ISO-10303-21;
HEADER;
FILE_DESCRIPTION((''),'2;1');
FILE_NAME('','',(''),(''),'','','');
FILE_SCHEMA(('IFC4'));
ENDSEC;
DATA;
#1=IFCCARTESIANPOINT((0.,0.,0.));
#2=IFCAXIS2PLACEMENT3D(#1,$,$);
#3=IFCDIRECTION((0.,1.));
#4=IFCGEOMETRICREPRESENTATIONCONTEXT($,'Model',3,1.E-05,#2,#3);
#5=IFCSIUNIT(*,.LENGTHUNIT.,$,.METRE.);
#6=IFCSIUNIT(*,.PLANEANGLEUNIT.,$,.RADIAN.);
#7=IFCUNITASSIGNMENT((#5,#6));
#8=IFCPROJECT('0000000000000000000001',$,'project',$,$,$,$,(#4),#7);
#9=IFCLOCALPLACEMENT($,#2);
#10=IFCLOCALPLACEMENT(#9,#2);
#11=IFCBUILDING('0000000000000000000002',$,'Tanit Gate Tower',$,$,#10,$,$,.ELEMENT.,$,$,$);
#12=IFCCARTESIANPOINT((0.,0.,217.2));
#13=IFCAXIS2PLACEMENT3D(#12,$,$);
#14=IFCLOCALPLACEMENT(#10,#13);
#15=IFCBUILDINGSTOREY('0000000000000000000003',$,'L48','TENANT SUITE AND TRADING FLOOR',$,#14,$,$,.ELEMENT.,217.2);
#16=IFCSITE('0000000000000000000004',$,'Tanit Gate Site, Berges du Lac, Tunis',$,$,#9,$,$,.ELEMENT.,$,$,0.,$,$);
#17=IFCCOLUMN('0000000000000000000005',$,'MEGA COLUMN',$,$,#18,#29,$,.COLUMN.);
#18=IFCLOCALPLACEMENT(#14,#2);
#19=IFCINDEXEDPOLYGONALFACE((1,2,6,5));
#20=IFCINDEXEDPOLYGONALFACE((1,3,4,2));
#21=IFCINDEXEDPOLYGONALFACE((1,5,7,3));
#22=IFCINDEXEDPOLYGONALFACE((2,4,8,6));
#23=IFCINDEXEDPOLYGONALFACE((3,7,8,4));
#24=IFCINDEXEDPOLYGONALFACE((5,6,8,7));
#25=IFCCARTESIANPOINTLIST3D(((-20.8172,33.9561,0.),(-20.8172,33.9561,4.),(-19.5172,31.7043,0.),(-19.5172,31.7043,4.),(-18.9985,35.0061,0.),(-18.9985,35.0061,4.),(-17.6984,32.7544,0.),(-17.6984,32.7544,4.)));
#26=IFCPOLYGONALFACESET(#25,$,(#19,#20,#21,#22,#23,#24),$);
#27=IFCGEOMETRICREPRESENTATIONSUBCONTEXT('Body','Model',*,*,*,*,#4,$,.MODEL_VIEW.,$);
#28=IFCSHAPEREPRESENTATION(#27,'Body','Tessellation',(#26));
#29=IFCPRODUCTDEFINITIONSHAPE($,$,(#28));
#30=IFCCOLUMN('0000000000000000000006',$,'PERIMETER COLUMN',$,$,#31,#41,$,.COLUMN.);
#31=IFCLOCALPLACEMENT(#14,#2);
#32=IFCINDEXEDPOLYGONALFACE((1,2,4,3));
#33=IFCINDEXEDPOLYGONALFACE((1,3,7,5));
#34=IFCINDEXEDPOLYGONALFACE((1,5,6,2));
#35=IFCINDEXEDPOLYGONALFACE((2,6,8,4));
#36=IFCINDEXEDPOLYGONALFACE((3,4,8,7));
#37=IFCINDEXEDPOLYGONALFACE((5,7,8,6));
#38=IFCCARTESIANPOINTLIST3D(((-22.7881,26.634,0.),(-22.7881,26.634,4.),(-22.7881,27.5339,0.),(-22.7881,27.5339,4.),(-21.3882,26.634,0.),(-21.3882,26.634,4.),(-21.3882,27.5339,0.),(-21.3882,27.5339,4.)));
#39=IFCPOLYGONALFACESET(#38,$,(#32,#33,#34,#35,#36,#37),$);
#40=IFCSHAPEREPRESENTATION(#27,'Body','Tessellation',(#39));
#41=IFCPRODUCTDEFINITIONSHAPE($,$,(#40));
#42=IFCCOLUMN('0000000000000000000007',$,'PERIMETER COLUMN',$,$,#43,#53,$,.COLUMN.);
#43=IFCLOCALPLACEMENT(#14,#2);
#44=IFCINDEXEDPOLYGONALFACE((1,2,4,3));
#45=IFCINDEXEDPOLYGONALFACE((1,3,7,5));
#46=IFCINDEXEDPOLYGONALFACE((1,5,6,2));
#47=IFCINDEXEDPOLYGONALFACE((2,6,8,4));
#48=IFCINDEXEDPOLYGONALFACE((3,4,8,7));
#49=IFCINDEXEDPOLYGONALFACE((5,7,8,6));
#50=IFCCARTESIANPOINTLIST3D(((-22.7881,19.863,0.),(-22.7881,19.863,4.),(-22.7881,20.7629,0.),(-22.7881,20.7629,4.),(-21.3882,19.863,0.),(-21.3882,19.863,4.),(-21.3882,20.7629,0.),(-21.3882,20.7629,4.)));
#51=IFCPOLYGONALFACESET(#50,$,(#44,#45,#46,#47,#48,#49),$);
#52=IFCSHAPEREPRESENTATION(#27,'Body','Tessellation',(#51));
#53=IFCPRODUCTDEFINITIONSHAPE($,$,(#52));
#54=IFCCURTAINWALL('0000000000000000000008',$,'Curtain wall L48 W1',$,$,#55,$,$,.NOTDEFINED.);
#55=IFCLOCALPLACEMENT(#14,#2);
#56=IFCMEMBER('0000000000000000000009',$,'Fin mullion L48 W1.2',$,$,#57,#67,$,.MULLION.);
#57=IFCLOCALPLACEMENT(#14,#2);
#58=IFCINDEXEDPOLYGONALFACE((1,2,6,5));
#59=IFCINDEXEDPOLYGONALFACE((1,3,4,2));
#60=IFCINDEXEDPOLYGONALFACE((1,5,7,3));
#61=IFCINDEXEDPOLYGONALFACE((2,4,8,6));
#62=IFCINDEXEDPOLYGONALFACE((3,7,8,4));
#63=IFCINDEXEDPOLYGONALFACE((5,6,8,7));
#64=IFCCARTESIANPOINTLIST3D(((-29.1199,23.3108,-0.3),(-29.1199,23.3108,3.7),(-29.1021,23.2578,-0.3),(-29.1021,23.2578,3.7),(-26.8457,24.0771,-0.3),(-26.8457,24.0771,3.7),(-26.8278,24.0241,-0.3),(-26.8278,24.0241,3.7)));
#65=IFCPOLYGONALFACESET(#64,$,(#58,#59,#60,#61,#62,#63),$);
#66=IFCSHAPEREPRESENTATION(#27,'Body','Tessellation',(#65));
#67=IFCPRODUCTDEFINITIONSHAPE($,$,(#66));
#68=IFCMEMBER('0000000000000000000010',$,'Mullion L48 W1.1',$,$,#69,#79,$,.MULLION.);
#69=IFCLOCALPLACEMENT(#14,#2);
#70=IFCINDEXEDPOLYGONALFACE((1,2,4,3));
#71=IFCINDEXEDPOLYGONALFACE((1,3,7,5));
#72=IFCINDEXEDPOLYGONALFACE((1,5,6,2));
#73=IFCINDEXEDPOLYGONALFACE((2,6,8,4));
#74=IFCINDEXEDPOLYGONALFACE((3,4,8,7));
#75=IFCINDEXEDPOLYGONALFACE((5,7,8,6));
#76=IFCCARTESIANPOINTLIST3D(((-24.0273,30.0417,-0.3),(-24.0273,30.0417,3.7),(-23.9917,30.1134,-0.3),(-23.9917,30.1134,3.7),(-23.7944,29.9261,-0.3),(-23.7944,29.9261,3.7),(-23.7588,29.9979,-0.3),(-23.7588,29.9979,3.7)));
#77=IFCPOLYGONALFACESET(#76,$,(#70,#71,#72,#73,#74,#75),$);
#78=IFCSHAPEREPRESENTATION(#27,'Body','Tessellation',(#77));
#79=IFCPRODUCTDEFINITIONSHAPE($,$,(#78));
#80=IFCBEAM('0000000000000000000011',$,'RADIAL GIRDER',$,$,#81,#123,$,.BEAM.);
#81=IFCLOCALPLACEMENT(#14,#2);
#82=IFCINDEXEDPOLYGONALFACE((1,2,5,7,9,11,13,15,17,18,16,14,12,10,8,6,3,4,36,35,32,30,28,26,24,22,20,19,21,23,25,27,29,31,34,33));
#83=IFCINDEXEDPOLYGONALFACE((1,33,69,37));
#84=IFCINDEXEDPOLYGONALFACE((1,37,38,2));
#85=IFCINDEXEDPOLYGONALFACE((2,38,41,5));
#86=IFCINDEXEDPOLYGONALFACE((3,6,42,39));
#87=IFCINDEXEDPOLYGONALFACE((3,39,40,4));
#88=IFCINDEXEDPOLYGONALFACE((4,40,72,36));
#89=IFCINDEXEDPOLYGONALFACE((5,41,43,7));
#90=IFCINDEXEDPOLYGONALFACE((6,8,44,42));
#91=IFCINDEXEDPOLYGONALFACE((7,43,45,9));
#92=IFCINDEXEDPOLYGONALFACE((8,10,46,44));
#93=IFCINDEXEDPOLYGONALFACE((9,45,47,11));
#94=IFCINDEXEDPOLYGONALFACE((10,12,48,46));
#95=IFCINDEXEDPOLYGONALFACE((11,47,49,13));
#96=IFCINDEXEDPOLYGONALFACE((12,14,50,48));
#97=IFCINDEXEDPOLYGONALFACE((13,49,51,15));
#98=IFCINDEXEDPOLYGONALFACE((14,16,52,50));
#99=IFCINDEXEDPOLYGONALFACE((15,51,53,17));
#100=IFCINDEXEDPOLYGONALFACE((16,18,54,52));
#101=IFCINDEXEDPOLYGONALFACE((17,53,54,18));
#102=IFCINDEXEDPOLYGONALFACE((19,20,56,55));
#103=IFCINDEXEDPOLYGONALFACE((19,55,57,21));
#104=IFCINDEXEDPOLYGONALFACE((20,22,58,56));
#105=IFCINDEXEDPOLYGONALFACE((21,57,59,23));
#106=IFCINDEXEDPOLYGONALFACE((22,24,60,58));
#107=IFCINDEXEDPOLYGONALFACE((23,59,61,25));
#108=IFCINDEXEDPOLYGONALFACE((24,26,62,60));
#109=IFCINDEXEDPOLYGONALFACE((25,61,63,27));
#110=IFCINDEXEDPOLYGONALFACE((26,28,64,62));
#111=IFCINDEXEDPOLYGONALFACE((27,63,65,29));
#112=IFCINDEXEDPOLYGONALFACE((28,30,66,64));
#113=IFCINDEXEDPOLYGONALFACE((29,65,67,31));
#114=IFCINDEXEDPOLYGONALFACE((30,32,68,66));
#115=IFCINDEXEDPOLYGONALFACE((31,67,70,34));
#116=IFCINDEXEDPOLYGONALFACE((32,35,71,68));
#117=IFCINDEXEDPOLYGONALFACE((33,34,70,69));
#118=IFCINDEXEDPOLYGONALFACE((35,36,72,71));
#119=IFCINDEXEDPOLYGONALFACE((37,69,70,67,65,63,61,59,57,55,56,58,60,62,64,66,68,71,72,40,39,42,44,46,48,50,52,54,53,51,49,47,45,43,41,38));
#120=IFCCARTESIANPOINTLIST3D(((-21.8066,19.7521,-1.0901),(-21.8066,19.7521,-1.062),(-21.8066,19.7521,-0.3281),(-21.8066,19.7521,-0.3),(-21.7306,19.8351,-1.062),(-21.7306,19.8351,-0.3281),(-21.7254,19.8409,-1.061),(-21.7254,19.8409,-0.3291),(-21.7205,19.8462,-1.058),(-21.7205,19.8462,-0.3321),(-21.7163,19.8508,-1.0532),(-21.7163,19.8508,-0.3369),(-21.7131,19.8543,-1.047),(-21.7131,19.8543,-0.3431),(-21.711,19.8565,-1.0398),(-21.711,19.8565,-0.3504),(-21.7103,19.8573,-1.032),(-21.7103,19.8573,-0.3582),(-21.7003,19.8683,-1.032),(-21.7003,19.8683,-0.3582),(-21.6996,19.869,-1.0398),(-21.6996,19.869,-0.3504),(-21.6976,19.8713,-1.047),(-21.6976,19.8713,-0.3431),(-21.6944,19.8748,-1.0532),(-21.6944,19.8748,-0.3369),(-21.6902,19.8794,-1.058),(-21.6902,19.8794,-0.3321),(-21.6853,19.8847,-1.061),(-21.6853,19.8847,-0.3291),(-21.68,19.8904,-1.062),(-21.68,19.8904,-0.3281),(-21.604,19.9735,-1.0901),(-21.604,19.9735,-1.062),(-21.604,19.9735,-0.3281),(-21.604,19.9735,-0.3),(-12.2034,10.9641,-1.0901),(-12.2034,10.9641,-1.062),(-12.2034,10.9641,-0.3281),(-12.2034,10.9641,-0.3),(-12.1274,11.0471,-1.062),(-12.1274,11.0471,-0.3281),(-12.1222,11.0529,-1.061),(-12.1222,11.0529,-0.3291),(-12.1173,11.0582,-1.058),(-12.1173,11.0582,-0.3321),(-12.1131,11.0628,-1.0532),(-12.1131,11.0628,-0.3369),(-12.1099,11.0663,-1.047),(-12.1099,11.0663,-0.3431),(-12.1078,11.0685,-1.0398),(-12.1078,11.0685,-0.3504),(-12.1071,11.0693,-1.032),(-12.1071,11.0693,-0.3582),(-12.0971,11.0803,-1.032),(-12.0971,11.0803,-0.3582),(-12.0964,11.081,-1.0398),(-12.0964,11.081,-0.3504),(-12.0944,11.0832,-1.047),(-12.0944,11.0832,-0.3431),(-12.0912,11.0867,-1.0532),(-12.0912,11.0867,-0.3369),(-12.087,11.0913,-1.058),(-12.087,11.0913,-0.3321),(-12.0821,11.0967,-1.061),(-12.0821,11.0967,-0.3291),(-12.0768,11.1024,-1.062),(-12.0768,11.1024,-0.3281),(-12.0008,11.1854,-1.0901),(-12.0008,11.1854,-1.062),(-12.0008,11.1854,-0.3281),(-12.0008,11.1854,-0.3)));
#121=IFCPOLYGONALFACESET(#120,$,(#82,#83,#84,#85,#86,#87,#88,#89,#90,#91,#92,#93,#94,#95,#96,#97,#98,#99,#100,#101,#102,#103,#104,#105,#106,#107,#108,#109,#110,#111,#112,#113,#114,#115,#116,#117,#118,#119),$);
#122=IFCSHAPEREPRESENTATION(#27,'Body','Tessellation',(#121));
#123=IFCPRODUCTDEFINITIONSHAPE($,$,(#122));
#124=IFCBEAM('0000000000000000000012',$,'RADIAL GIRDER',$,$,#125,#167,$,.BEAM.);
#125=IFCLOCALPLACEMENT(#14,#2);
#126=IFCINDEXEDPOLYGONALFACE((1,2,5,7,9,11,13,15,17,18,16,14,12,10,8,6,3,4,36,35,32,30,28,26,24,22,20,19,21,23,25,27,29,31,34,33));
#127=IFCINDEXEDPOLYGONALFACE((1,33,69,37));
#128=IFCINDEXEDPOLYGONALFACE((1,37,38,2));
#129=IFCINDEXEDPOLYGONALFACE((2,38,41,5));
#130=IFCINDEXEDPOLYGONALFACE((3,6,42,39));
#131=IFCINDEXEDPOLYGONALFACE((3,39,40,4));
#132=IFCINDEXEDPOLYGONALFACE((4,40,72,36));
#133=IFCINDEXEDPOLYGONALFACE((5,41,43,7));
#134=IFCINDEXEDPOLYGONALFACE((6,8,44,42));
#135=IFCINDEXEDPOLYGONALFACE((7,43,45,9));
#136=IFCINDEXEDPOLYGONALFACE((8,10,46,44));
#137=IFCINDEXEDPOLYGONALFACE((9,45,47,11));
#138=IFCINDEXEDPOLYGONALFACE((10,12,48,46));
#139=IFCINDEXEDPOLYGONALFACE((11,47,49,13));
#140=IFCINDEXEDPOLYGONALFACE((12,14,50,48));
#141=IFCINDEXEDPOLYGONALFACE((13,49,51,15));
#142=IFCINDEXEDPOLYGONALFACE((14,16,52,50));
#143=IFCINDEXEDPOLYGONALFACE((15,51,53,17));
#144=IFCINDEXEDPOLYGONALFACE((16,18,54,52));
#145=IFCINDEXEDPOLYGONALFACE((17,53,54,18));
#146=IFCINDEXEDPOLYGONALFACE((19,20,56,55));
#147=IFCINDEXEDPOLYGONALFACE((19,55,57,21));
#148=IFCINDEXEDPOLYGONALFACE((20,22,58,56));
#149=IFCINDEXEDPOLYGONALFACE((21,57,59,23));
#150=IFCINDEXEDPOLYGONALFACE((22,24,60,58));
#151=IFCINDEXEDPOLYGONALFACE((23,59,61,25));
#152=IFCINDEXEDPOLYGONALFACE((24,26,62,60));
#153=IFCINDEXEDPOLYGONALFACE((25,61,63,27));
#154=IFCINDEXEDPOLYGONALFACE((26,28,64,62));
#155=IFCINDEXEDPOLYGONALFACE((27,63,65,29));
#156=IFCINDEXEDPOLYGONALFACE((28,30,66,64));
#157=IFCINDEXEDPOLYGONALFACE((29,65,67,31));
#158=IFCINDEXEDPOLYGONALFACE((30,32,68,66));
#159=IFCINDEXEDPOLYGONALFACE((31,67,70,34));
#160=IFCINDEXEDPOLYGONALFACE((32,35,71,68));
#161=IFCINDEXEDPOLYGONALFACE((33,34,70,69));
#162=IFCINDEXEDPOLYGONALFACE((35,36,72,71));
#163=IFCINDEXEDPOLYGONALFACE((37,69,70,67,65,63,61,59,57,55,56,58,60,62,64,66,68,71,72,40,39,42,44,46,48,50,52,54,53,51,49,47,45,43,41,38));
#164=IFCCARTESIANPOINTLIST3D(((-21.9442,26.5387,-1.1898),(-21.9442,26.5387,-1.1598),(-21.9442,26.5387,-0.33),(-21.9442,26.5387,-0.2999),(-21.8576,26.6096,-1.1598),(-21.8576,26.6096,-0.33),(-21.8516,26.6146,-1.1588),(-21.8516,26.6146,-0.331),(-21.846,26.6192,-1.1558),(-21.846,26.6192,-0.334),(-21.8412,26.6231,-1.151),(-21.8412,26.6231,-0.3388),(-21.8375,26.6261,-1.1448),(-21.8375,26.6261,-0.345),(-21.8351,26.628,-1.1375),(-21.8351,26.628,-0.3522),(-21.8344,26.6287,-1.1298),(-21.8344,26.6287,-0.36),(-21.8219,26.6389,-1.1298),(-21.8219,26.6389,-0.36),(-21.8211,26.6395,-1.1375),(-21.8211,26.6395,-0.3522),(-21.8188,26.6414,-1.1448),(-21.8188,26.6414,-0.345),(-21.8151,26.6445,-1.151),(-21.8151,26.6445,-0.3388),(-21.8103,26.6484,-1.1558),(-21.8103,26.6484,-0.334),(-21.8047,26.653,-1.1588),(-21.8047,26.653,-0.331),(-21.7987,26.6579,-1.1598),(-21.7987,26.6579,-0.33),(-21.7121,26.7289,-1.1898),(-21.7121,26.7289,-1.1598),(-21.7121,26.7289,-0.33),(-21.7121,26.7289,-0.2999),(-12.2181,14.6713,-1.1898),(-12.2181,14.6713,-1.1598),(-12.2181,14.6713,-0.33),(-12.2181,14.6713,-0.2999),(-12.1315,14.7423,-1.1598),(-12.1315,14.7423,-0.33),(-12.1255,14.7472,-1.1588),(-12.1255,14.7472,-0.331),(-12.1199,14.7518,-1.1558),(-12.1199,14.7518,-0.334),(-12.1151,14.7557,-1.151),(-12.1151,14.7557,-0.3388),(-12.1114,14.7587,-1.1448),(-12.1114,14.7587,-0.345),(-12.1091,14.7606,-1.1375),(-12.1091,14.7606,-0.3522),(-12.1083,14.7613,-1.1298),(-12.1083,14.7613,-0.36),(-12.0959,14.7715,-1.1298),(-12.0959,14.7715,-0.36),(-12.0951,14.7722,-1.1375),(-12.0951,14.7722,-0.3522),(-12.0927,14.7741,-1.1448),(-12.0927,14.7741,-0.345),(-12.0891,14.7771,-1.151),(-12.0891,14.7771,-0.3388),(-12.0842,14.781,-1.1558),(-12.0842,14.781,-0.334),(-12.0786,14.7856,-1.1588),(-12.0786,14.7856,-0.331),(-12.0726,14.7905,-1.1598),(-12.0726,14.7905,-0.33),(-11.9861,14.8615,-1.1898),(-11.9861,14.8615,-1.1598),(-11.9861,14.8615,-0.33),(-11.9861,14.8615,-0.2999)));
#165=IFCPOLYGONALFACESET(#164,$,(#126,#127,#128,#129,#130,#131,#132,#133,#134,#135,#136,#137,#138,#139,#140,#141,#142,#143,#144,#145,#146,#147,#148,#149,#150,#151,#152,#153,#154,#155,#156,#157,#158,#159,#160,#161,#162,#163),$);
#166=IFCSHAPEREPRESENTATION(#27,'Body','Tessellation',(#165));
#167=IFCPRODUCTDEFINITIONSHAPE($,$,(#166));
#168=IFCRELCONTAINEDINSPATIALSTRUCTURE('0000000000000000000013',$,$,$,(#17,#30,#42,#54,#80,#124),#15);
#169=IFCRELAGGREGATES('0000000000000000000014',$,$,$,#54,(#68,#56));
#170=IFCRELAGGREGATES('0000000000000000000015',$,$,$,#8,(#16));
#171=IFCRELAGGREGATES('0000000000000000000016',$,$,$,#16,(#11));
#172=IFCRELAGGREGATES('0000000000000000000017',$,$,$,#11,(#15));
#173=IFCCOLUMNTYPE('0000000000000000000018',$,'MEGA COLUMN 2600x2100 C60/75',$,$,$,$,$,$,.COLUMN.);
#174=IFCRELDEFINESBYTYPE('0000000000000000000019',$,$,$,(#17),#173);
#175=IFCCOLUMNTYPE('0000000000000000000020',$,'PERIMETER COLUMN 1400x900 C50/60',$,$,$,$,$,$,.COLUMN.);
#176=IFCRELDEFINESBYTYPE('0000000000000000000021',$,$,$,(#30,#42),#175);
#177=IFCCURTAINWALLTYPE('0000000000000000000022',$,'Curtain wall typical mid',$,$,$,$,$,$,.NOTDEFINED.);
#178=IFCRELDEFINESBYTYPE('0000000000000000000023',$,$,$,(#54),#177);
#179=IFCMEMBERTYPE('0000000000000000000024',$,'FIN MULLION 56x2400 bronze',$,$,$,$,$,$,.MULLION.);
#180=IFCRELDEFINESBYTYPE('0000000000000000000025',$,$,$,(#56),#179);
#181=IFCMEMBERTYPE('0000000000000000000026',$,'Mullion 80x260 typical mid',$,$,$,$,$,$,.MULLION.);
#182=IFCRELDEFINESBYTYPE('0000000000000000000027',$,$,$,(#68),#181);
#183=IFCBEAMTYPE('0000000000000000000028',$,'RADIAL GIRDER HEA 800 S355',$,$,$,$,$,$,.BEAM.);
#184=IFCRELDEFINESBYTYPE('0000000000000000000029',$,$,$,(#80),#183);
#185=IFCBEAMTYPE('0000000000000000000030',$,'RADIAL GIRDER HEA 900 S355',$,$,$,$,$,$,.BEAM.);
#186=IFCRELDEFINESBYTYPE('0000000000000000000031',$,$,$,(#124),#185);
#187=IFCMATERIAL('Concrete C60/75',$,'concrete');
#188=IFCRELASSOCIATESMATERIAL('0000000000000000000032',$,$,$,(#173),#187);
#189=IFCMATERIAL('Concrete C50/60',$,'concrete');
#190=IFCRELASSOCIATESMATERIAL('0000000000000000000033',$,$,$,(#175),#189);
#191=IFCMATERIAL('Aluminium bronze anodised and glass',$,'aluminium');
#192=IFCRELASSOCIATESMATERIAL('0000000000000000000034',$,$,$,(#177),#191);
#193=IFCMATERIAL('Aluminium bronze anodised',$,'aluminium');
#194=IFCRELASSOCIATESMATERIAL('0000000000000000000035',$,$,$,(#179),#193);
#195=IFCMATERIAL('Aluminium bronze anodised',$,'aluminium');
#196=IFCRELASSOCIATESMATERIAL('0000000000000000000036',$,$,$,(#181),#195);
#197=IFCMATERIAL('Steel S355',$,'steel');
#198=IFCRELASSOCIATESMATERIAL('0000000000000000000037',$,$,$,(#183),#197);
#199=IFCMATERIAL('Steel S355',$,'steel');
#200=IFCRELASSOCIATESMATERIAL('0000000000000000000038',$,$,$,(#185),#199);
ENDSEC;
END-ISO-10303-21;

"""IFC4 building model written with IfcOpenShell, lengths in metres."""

from ifc_helpers import new_model, si_unit, direction, frame, origin, origin_2d, place, context, subcontext, project, spatial, rectangle, i_section, extrude, material, material_profile, profile_set, type_object, element, aggregate, save


model = new_model("IFC4")

# Units and contexts
model_context = context("Model", 3, precision=1e-05, world=origin(), true_north=direction((0.0, 1.0)))
body_context = subcontext(model_context, "Body", "Model", "MODEL_VIEW")
ifc_project = project(units=[si_unit("LENGTHUNIT", "METRE"), si_unit("PLANEANGLEUNIT", "RADIAN")], contexts=[model_context])

# Site, building, storey
site_placement = place(None, origin())
site = spatial("IfcSite", under=ifc_project, at=site_placement, Name="Tanit Gate Site, Berges du Lac, Tunis", CompositionType="ELEMENT", RefElevation=0.0)
building_placement = place(site_placement, origin())
building = spatial("IfcBuilding", under=site, at=building_placement, Name="Tanit Gate Tower", CompositionType="ELEMENT")
storey_placement = place(building_placement, frame((0.0, 0.0, 217.2)))
storey = spatial("IfcBuildingStorey", under=building, at=storey_placement, Name="L48", Description="TENANT SUITE AND TRADING FLOOR", CompositionType="ELEMENT", Elevation=217.2)

# Columns
ifc_material_1 = material(Name="Concrete C60/75", Category="concrete")
ifc_material_profile_1 = material_profile(ifc_material_1, rectangle(XDim=2.6001, YDim=2.1001, at=origin_2d()), Name="RC 2600x2100")
ifc_profile_set_1 = profile_set([ifc_material_profile_1], Name="Concrete C60/75")
column_type_1 = type_object("IfcColumnType", Name="MEGA COLUMN 2600x2100 C60/75", PredefinedType="COLUMN", material=ifc_profile_set_1)
column_placement = place(storey_placement, frame((-19.2578, 33.3552, 0.0), z_axis=(0.0, 0.0, 1.0), x_axis=(-0.5, 0.866025, 0.0)))
element("IfcColumn", 1, at=column_placement, inside=storey, type_object=column_type_1, Name="MEGA COLUMN", PredefinedType="COLUMN", context=body_context, shape_type="SweptSolid", body=[
    extrude(rectangle(XDim=2.6001, YDim=2.1001, at=origin_2d()), origin(), (0.0, 0.0, 1.0), 4.0),
])
ifc_material_2 = material(Name="Concrete C50/60", Category="concrete")
ifc_material_profile_2 = material_profile(ifc_material_2, rectangle(XDim=1.3999, YDim=0.8999, at=origin_2d()), Name="RC 1400x900")
ifc_profile_set_2 = profile_set([ifc_material_profile_2], Name="Concrete C50/60")
column_type_2 = type_object("IfcColumnType", Name="PERIMETER COLUMN 1400x900 C50/60", PredefinedType="COLUMN", material=ifc_profile_set_2)
for number, where, z_axis, x_axis, name in (
    (2, (-22.0881, 27.084, 0.0), (0.0, 0.0, 1.0), (-1.0, 0.0, 0.0), "PERIMETER COLUMN"),
    (3, (-22.0881, 20.313, 0.0), (0.0, 0.0, 1.0), (-1.0, 0.0, 0.0), "PERIMETER COLUMN"),
):
    element("IfcColumn", number, at=place(storey_placement, frame(where, z_axis=z_axis, x_axis=x_axis)), inside=storey, type_object=column_type_2, Name=name, PredefinedType="COLUMN", context=body_context, shape_type="SweptSolid", body=[
        extrude(rectangle(XDim=1.3999, YDim=0.8999, at=origin_2d()), origin(), (0.0, 0.0, 1.0), 4.0),
    ])

# Curtain wall, members
ifc_material_3 = material(Name="Aluminium bronze anodised and glass", Category="aluminium")
curtain_wall_type = type_object("IfcCurtainWallType", Name="Curtain wall typical mid", PredefinedType="NOTDEFINED", material=ifc_material_3)
curtain_wall_placement = place(storey_placement, origin())
curtain_wall = element("IfcCurtainWall", 4, at=curtain_wall_placement, inside=storey, type_object=curtain_wall_type, Name="Curtain wall L48 W1", PredefinedType="NOTDEFINED")
ifc_material_4 = material(Name="Aluminium bronze anodised", Category="aluminium")
ifc_material_profile_3 = material_profile(ifc_material_4, rectangle(XDim=2.3999, YDim=0.0559, at=origin_2d()), Name="56x2400 bronze fin mullion")
ifc_profile_set_3 = profile_set([ifc_material_profile_3], Name="Aluminium bronze anodised")
member_type_1 = type_object("IfcMemberType", Name="FIN MULLION 56x2400 bronze", PredefinedType="MULLION", material=ifc_profile_set_3)
member_1_placement = place(storey_placement, frame((-27.9739, 23.6675, -0.3), z_axis=(0.0, 0.0, 1.0), x_axis=(0.947651, 0.319309, 0.0)))
member_1 = element("IfcMember", 5, at=member_1_placement, type_object=member_type_1, Name="Fin mullion L48 W1.2", PredefinedType="MULLION", context=body_context, shape_type="SweptSolid", body=[
    extrude(rectangle(XDim=2.3999, YDim=0.0559, at=origin_2d()), origin(), (0.0, 0.0, 1.0), 4.0),
])
ifc_material_5 = material(Name="Aluminium bronze anodised", Category="aluminium")
ifc_material_profile_4 = material_profile(ifc_material_5, rectangle(XDim=0.26, YDim=0.0801, at=origin_2d()), Name="80x260 bronze mullion")
ifc_profile_set_4 = profile_set([ifc_material_profile_4], Name="Aluminium bronze anodised")
member_type_2 = type_object("IfcMemberType", Name="Mullion 80x260 typical mid", PredefinedType="MULLION", material=ifc_profile_set_4)
member_2_placement = place(storey_placement, frame((-23.8931, 30.0198, -0.3), z_axis=(0.0, 0.0, 1.0), x_axis=(0.895876, -0.444304, 0.0)))
member_2 = element("IfcMember", 6, at=member_2_placement, type_object=member_type_2, Name="Mullion L48 W1.1", PredefinedType="MULLION", context=body_context, shape_type="SweptSolid", body=[
    extrude(rectangle(XDim=0.26, YDim=0.0801, at=origin_2d()), origin(), (0.0, 0.0, 1.0), 4.0),
])

# Beams
ifc_material_6 = material(Name="Steel S355", Category="steel")
ifc_material_profile_5 = material_profile(ifc_material_6, i_section(OverallWidth=0.3, OverallDepth=0.79, WebThickness=0.0149, FlangeThickness=0.0281, FilletRadius=0.03, at=origin_2d()), Name="HEA 800")
ifc_profile_set_5 = profile_set([ifc_material_profile_5], Name="Steel S355")
beam_type_1 = type_object("IfcBeamType", Name="RADIAL GIRDER HEA 800 S355", PredefinedType="BEAM", material=ifc_profile_set_5)
beam_1_placement = place(storey_placement, frame((-21.7053, 19.8628, -0.6951), z_axis=(0.737725, -0.675102, 0.0), x_axis=(0.675102, 0.737725, 0.0)))
element("IfcBeam", 7, at=beam_1_placement, inside=storey, type_object=beam_type_1, Name="RADIAL GIRDER", PredefinedType="BEAM", context=body_context, shape_type="SweptSolid", body=[
    extrude(i_section(OverallWidth=0.3, OverallDepth=0.79, WebThickness=0.0149, FlangeThickness=0.0281, FilletRadius=0.03, at=origin_2d()), origin(), (0.0, 0.0, 1.0), 13.0173),
])
ifc_material_7 = material(Name="Steel S355", Category="steel")
ifc_material_profile_6 = material_profile(ifc_material_7, i_section(OverallWidth=0.3, OverallDepth=0.8899, WebThickness=0.0161, FlangeThickness=0.03, FilletRadius=0.03, at=origin_2d()), Name="HEA 900")
ifc_profile_set_6 = profile_set([ifc_material_profile_6], Name="Steel S355")
beam_type_2 = type_object("IfcBeamType", Name="RADIAL GIRDER HEA 900 S355", PredefinedType="BEAM", material=ifc_profile_set_6)
beam_2_placement = place(storey_placement, frame((-21.8281, 26.6338, -0.7449), z_axis=(0.633876, -0.773435, 0.0), x_axis=(0.773435, 0.633876, 0.0)))
element("IfcBeam", 8, at=beam_2_placement, inside=storey, type_object=beam_type_2, Name="RADIAL GIRDER", PredefinedType="BEAM", context=body_context, shape_type="SweptSolid", body=[
    extrude(i_section(OverallWidth=0.3, OverallDepth=0.8899, WebThickness=0.0161, FlangeThickness=0.03, FilletRadius=0.03, at=origin_2d()), origin(), (0.0, 0.0, 1.0), 15.3438),
])

aggregate(curtain_wall, [member_2, member_1])

save(model, "model.ifc")
